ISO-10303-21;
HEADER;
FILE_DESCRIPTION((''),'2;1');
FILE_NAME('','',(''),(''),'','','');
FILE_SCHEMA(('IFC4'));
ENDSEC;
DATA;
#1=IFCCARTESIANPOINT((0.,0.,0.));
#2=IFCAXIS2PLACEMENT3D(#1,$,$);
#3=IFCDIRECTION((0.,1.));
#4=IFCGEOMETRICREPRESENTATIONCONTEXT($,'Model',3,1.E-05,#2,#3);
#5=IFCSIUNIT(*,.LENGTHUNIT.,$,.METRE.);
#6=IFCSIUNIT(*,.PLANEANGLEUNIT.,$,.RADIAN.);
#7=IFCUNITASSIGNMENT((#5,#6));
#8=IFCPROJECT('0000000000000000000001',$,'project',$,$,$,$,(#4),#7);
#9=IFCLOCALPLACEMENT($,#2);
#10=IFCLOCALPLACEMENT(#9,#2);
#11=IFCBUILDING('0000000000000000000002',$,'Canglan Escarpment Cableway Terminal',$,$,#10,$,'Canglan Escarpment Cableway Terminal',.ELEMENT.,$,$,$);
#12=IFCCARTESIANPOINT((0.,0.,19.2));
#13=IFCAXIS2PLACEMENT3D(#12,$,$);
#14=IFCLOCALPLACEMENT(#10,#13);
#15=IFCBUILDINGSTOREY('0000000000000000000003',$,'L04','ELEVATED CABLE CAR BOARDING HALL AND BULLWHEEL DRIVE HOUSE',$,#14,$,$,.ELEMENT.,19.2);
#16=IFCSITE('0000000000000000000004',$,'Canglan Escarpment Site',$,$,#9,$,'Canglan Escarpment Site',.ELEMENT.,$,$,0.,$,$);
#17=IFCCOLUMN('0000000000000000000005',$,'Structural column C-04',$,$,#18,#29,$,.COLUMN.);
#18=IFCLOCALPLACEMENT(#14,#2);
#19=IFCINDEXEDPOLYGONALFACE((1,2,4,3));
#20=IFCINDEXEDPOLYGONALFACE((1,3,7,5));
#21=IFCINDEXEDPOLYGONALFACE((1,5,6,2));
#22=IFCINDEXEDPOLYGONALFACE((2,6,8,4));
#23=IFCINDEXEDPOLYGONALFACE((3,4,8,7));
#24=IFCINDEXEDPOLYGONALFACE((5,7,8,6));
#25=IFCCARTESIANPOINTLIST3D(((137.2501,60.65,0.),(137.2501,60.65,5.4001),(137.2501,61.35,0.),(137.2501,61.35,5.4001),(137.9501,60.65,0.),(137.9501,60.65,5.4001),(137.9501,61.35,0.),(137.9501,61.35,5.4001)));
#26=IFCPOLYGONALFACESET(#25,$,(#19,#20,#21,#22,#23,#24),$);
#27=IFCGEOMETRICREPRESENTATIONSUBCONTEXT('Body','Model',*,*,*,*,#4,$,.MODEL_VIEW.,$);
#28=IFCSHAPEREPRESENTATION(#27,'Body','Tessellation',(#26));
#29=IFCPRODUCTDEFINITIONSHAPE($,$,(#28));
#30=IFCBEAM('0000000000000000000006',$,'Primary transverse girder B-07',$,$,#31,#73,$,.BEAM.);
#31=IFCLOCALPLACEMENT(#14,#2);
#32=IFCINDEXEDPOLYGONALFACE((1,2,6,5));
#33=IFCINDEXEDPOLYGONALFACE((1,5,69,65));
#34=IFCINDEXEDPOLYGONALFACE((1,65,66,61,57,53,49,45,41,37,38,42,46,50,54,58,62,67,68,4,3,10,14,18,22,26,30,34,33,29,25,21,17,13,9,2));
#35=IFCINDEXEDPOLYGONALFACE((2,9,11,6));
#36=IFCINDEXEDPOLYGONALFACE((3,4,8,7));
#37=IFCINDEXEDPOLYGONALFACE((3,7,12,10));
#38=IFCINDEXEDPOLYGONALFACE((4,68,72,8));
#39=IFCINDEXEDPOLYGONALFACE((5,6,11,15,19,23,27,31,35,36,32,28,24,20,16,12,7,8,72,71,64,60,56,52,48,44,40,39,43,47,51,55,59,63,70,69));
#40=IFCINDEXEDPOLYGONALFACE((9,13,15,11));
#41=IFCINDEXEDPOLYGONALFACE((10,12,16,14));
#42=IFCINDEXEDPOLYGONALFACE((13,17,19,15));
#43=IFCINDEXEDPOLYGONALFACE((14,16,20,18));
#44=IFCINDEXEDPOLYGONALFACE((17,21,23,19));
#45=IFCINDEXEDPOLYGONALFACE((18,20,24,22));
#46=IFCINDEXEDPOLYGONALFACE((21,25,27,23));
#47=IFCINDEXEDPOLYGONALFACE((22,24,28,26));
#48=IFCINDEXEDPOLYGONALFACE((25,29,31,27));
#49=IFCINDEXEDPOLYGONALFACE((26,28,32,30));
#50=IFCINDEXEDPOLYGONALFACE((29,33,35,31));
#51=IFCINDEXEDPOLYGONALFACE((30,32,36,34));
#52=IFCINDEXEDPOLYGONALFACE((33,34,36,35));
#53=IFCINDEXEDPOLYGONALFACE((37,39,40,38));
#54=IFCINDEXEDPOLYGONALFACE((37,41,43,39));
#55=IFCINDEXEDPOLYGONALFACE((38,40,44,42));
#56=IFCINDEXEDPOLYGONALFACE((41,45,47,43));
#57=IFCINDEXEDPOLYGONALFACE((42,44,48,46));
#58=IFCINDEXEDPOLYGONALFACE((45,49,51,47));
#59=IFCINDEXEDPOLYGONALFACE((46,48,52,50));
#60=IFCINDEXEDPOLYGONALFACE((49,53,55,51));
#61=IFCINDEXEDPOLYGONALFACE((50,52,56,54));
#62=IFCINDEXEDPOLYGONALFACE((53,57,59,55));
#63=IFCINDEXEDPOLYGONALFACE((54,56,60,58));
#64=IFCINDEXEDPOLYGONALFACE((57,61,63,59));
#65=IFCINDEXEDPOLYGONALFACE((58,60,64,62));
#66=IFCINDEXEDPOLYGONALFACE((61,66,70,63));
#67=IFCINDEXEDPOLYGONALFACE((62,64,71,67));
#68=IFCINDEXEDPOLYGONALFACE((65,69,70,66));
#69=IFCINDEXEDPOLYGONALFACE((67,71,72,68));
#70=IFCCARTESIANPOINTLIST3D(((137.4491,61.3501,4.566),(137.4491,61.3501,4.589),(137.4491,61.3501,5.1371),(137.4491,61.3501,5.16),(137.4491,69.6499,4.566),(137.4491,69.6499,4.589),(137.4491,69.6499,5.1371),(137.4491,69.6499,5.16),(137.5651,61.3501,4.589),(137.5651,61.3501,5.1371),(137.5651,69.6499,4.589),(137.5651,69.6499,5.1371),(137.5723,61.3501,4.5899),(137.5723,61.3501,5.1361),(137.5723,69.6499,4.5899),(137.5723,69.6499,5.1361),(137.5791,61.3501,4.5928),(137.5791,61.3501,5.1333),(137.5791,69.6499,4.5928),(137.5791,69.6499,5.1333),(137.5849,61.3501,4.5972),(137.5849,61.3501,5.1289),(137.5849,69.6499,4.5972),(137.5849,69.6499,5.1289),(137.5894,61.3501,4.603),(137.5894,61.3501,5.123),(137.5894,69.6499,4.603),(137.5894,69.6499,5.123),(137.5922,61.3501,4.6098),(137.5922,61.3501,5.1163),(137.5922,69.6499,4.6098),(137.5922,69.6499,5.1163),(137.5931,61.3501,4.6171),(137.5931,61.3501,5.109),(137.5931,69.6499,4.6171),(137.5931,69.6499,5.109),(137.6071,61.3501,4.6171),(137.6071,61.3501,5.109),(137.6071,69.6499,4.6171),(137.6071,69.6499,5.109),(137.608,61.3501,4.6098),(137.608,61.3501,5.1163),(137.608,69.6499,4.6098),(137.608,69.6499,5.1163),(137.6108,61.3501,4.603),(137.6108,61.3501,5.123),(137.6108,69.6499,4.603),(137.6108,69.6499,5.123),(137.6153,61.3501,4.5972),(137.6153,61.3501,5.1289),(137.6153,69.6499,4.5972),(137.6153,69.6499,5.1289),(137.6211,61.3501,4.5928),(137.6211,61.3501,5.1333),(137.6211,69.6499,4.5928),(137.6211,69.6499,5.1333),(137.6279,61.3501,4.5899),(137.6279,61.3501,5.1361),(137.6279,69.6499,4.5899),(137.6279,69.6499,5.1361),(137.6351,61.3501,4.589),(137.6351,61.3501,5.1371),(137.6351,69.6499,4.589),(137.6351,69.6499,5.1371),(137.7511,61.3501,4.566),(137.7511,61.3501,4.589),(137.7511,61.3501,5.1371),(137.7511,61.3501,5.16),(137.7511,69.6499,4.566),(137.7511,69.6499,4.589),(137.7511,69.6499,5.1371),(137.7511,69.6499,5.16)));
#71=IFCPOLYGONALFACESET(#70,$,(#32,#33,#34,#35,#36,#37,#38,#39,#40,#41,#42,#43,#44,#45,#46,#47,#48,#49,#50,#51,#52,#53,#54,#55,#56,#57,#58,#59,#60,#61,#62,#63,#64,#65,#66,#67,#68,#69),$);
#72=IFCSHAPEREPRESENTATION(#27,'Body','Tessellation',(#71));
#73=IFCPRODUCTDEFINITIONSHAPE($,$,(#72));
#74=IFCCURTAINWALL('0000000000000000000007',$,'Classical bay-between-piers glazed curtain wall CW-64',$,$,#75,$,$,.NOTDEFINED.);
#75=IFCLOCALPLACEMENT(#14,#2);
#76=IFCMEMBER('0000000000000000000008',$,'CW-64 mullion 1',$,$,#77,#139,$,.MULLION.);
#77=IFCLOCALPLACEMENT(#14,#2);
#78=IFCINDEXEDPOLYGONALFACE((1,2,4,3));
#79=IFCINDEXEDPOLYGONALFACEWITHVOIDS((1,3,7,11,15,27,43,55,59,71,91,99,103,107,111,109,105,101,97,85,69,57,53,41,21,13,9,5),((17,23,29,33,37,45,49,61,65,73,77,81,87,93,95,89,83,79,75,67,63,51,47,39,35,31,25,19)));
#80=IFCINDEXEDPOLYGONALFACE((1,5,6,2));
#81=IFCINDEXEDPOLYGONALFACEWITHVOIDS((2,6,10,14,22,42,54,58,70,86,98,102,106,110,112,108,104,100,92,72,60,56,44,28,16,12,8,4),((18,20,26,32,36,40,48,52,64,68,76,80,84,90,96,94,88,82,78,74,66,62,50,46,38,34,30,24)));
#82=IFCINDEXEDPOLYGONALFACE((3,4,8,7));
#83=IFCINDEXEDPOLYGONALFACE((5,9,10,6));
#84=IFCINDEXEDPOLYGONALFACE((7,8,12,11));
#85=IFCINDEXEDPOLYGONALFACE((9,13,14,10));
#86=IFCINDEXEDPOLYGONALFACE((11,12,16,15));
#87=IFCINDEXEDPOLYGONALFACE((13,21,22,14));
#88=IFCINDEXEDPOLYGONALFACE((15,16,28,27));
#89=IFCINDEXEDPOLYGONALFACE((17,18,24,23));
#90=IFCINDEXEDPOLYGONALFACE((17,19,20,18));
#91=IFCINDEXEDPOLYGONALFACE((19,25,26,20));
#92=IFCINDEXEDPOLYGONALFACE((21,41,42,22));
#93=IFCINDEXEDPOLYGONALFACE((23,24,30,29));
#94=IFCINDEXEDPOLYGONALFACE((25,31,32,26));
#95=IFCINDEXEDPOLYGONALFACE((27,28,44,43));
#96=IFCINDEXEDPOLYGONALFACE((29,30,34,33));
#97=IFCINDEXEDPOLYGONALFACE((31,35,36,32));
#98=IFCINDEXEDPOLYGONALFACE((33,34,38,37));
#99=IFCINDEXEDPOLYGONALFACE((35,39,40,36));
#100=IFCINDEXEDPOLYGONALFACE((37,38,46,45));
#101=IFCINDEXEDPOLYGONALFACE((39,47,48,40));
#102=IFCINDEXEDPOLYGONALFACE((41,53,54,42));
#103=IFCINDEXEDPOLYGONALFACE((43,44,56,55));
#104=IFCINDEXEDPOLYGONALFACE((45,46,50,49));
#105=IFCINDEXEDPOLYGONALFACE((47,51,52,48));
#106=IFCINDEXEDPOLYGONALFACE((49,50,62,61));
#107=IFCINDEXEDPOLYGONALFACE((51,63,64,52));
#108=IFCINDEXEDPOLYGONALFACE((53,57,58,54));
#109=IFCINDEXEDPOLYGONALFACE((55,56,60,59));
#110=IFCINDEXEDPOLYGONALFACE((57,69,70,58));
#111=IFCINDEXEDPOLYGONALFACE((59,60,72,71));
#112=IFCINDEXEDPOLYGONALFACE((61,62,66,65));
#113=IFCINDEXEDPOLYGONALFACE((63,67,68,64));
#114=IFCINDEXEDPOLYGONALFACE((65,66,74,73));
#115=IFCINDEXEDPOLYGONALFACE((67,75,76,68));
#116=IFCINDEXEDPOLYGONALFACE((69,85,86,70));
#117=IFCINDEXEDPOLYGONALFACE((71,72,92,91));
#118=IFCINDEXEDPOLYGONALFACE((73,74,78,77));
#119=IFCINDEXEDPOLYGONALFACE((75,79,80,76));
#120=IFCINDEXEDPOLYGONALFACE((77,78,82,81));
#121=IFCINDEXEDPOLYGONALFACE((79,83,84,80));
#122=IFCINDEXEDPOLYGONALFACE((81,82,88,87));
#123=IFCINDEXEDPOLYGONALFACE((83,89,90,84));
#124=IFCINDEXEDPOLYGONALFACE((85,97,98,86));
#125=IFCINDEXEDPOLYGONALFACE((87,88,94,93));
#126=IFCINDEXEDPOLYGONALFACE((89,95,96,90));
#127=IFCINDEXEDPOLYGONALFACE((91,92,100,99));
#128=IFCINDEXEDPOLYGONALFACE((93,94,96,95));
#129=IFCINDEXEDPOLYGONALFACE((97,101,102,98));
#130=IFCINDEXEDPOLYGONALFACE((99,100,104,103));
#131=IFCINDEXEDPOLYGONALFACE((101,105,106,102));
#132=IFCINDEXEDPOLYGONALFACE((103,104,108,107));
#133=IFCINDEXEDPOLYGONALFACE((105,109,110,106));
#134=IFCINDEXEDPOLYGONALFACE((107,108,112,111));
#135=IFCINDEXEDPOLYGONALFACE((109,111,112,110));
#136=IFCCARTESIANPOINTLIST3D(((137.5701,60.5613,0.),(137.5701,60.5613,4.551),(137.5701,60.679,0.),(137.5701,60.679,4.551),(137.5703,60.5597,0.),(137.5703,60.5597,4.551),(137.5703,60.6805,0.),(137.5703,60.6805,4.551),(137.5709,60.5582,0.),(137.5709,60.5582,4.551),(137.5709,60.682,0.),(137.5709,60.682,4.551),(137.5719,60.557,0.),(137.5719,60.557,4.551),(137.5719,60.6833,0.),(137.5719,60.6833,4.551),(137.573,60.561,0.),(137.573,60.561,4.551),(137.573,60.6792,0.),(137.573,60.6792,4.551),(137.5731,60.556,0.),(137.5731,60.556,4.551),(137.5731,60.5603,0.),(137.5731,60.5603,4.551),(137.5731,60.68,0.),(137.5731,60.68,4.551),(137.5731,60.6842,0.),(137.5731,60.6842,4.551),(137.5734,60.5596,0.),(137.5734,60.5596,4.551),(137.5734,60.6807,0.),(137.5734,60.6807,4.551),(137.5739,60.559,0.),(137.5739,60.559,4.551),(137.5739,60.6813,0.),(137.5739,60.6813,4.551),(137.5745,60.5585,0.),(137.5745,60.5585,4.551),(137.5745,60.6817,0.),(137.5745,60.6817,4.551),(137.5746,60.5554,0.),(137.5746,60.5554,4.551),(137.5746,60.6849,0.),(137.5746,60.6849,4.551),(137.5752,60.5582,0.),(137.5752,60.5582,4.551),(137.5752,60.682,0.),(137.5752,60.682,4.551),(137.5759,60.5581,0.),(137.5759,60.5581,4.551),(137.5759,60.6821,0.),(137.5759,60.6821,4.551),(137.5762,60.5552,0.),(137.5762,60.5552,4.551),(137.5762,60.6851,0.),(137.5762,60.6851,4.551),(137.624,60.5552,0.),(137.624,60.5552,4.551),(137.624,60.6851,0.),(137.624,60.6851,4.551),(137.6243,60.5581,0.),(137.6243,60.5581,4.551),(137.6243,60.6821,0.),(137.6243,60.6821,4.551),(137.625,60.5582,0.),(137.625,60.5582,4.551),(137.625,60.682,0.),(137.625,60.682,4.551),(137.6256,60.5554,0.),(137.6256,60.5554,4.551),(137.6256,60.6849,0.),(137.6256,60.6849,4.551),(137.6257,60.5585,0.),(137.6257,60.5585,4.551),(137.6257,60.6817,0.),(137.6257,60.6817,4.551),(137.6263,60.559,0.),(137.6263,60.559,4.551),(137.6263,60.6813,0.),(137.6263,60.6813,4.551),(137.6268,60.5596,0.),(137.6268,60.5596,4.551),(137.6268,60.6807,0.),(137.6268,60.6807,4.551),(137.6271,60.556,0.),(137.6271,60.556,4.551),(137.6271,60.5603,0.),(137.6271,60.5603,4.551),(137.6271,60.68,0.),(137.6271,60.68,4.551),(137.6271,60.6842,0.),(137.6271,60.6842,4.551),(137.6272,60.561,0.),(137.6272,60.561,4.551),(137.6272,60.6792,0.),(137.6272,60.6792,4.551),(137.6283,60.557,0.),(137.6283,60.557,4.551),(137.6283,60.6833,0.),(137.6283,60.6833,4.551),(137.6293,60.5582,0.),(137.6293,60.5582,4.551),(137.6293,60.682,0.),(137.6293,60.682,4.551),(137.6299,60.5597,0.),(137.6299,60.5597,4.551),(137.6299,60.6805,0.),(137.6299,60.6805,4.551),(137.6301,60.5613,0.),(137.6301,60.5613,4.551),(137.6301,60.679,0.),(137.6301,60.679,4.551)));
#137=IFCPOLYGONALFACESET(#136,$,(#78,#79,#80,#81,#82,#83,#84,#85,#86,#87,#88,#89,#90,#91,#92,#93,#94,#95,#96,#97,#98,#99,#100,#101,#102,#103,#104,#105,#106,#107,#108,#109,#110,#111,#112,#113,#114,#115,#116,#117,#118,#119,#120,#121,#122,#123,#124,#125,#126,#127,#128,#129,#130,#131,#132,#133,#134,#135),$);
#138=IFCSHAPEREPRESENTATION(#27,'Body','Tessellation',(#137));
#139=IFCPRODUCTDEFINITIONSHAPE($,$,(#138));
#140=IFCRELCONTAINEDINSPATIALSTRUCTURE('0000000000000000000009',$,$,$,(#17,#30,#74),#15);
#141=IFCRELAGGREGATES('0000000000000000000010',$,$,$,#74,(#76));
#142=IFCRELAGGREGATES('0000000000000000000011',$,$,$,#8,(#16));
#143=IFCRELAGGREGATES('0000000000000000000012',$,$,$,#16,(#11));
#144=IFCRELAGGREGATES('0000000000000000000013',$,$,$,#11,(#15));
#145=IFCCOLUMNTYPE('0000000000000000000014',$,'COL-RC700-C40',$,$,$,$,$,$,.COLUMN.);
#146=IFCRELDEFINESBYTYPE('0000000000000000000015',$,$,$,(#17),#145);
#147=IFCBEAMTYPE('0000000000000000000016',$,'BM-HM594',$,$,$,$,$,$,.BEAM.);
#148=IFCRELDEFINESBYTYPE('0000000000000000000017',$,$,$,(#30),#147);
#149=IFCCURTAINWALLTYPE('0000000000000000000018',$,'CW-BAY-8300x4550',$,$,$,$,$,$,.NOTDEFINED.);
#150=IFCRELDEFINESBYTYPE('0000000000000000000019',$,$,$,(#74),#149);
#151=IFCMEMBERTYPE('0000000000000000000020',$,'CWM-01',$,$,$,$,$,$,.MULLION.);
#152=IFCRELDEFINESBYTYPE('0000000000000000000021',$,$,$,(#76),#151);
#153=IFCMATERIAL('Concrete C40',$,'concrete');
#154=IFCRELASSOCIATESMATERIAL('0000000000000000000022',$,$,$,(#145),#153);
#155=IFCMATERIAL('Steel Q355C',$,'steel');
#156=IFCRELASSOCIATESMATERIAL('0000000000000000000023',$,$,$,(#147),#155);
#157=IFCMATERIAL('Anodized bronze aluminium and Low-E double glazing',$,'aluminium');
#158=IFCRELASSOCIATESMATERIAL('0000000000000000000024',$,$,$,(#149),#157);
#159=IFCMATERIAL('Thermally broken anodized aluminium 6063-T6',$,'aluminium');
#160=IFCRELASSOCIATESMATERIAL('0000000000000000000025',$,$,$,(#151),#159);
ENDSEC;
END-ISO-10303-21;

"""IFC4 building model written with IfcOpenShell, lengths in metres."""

from ifc_helpers import new_model, si_unit, direction, frame, origin, origin_2d, place, context, subcontext, project, spatial, rectangle, hollow_rectangle, i_section, extrude, material, material_profile, profile_set, type_object, element, aggregate, save


model = new_model("IFC4")

# Units and contexts
model_context = context("Model", 3, precision=1e-05, world=origin(), true_north=direction((0.0, 1.0)))
body_context = subcontext(model_context, "Body", "Model", "MODEL_VIEW")
ifc_project = project(units=[si_unit("LENGTHUNIT", "METRE"), si_unit("PLANEANGLEUNIT", "RADIAN")], contexts=[model_context])

# Site, building, storey
site_placement = place(None, origin())
site = spatial("IfcSite", under=ifc_project, at=site_placement, Name="Canglan Escarpment Site", LongName="Canglan Escarpment Site", CompositionType="ELEMENT", RefElevation=0.0)
building_placement = place(site_placement, origin())
building = spatial("IfcBuilding", under=site, at=building_placement, Name="Canglan Escarpment Cableway Terminal", LongName="Canglan Escarpment Cableway Terminal", CompositionType="ELEMENT")
storey_placement = place(building_placement, frame((0.0, 0.0, 19.2)))
storey = spatial("IfcBuildingStorey", under=building, at=storey_placement, Name="L04", Description="ELEVATED CABLE CAR BOARDING HALL AND BULLWHEEL DRIVE HOUSE", CompositionType="ELEMENT", Elevation=19.2)

# Column
ifc_material_1 = material(Name="Concrete C40", Category="concrete")
ifc_material_profile_1 = material_profile(ifc_material_1, rectangle(XDim=0.7, YDim=0.7, at=origin_2d()), Name="RC 700x700")
ifc_profile_set_1 = profile_set([ifc_material_profile_1], Name="Concrete C40")
column_type = type_object("IfcColumnType", Name="COL-RC700-C40", PredefinedType="COLUMN", material=ifc_profile_set_1)
column_placement = place(storey_placement, frame((137.6001, 61.0, 0.0), z_axis=(0.0, 0.0, 1.0), x_axis=(1.0, 0.0, 0.0)))
element("IfcColumn", 1, at=column_placement, inside=storey, type_object=column_type, Name="Structural column C-04", PredefinedType="COLUMN", context=body_context, shape_type="SweptSolid", body=[
    extrude(rectangle(XDim=0.7, YDim=0.7, at=origin_2d()), origin(), (0.0, 0.0, 1.0), 5.4001),
])

# Beam
ifc_material_2 = material(Name="Steel Q355C", Category="steel")
ifc_material_profile_2 = material_profile(ifc_material_2, i_section(OverallWidth=0.302, OverallDepth=0.594, WebThickness=0.0139, FlangeThickness=0.0229, FilletRadius=0.0281, at=origin_2d()), Name="HM 594x302x14x23")
ifc_profile_set_2 = profile_set([ifc_material_profile_2], Name="Steel Q355C")
beam_type = type_object("IfcBeamType", Name="BM-HM594", PredefinedType="BEAM", material=ifc_profile_set_2)
beam_placement = place(storey_placement, frame((137.6001, 61.3501, 4.863), z_axis=(0.0, 1.0, 0.0), x_axis=(-1.0, 0.0, 0.0)))
element("IfcBeam", 2, at=beam_placement, inside=storey, type_object=beam_type, Name="Primary transverse girder B-07", PredefinedType="BEAM", context=body_context, shape_type="SweptSolid", body=[
    extrude(i_section(OverallWidth=0.302, OverallDepth=0.594, WebThickness=0.0139, FlangeThickness=0.0229, FilletRadius=0.0281, at=origin_2d()), origin(), (0.0, 0.0, 1.0), 8.2998),
])

# Curtain wall, member
ifc_material_3 = material(Name="Anodized bronze aluminium and Low-E double glazing", Category="aluminium")
curtain_wall_type = type_object("IfcCurtainWallType", Name="CW-BAY-8300x4550", PredefinedType="NOTDEFINED", material=ifc_material_3)
curtain_wall_1_placement = place(storey_placement, origin())
curtain_wall_1 = element("IfcCurtainWall", 3, at=curtain_wall_1_placement, inside=storey, type_object=curtain_wall_type, Name="Classical bay-between-piers glazed curtain wall CW-64", PredefinedType="NOTDEFINED")
ifc_material_4 = material(Name="Thermally broken anodized aluminium 6063-T6", Category="aluminium")
ifc_material_profile_3 = material_profile(ifc_material_4, hollow_rectangle(XDim=0.0601, YDim=0.1299, WallThickness=0.0029, InnerFilletRadius=0.0029, OuterFilletRadius=0.0061, at=origin_2d()), Name="ALU-MULL 60x130x3")
ifc_profile_set_3 = profile_set([ifc_material_profile_3], Name="Thermally broken anodized aluminium 6063-T6")
member_type_1 = type_object("IfcMemberType", Name="CWM-01", PredefinedType="MULLION", material=ifc_profile_set_3)
member_1_placement = place(storey_placement, frame((137.6001, 60.6201, 0.0), z_axis=(0.0, 0.0, 1.0), x_axis=(1.0, 0.0, 0.0)))
member_1 = element("IfcMember", 4, at=member_1_placement, type_object=member_type_1, Name="CW-64 mullion 1", PredefinedType="MULLION", context=body_context, shape_type="SweptSolid", body=[
    extrude(hollow_rectangle(XDim=0.0601, YDim=0.1299, WallThickness=0.0029, InnerFilletRadius=0.0029, OuterFilletRadius=0.0061, at=origin_2d()), origin(), (0.0, 0.0, 1.0), 4.551),
])

aggregate(curtain_wall_1, [member_1])

save(model, "model.ifc")
